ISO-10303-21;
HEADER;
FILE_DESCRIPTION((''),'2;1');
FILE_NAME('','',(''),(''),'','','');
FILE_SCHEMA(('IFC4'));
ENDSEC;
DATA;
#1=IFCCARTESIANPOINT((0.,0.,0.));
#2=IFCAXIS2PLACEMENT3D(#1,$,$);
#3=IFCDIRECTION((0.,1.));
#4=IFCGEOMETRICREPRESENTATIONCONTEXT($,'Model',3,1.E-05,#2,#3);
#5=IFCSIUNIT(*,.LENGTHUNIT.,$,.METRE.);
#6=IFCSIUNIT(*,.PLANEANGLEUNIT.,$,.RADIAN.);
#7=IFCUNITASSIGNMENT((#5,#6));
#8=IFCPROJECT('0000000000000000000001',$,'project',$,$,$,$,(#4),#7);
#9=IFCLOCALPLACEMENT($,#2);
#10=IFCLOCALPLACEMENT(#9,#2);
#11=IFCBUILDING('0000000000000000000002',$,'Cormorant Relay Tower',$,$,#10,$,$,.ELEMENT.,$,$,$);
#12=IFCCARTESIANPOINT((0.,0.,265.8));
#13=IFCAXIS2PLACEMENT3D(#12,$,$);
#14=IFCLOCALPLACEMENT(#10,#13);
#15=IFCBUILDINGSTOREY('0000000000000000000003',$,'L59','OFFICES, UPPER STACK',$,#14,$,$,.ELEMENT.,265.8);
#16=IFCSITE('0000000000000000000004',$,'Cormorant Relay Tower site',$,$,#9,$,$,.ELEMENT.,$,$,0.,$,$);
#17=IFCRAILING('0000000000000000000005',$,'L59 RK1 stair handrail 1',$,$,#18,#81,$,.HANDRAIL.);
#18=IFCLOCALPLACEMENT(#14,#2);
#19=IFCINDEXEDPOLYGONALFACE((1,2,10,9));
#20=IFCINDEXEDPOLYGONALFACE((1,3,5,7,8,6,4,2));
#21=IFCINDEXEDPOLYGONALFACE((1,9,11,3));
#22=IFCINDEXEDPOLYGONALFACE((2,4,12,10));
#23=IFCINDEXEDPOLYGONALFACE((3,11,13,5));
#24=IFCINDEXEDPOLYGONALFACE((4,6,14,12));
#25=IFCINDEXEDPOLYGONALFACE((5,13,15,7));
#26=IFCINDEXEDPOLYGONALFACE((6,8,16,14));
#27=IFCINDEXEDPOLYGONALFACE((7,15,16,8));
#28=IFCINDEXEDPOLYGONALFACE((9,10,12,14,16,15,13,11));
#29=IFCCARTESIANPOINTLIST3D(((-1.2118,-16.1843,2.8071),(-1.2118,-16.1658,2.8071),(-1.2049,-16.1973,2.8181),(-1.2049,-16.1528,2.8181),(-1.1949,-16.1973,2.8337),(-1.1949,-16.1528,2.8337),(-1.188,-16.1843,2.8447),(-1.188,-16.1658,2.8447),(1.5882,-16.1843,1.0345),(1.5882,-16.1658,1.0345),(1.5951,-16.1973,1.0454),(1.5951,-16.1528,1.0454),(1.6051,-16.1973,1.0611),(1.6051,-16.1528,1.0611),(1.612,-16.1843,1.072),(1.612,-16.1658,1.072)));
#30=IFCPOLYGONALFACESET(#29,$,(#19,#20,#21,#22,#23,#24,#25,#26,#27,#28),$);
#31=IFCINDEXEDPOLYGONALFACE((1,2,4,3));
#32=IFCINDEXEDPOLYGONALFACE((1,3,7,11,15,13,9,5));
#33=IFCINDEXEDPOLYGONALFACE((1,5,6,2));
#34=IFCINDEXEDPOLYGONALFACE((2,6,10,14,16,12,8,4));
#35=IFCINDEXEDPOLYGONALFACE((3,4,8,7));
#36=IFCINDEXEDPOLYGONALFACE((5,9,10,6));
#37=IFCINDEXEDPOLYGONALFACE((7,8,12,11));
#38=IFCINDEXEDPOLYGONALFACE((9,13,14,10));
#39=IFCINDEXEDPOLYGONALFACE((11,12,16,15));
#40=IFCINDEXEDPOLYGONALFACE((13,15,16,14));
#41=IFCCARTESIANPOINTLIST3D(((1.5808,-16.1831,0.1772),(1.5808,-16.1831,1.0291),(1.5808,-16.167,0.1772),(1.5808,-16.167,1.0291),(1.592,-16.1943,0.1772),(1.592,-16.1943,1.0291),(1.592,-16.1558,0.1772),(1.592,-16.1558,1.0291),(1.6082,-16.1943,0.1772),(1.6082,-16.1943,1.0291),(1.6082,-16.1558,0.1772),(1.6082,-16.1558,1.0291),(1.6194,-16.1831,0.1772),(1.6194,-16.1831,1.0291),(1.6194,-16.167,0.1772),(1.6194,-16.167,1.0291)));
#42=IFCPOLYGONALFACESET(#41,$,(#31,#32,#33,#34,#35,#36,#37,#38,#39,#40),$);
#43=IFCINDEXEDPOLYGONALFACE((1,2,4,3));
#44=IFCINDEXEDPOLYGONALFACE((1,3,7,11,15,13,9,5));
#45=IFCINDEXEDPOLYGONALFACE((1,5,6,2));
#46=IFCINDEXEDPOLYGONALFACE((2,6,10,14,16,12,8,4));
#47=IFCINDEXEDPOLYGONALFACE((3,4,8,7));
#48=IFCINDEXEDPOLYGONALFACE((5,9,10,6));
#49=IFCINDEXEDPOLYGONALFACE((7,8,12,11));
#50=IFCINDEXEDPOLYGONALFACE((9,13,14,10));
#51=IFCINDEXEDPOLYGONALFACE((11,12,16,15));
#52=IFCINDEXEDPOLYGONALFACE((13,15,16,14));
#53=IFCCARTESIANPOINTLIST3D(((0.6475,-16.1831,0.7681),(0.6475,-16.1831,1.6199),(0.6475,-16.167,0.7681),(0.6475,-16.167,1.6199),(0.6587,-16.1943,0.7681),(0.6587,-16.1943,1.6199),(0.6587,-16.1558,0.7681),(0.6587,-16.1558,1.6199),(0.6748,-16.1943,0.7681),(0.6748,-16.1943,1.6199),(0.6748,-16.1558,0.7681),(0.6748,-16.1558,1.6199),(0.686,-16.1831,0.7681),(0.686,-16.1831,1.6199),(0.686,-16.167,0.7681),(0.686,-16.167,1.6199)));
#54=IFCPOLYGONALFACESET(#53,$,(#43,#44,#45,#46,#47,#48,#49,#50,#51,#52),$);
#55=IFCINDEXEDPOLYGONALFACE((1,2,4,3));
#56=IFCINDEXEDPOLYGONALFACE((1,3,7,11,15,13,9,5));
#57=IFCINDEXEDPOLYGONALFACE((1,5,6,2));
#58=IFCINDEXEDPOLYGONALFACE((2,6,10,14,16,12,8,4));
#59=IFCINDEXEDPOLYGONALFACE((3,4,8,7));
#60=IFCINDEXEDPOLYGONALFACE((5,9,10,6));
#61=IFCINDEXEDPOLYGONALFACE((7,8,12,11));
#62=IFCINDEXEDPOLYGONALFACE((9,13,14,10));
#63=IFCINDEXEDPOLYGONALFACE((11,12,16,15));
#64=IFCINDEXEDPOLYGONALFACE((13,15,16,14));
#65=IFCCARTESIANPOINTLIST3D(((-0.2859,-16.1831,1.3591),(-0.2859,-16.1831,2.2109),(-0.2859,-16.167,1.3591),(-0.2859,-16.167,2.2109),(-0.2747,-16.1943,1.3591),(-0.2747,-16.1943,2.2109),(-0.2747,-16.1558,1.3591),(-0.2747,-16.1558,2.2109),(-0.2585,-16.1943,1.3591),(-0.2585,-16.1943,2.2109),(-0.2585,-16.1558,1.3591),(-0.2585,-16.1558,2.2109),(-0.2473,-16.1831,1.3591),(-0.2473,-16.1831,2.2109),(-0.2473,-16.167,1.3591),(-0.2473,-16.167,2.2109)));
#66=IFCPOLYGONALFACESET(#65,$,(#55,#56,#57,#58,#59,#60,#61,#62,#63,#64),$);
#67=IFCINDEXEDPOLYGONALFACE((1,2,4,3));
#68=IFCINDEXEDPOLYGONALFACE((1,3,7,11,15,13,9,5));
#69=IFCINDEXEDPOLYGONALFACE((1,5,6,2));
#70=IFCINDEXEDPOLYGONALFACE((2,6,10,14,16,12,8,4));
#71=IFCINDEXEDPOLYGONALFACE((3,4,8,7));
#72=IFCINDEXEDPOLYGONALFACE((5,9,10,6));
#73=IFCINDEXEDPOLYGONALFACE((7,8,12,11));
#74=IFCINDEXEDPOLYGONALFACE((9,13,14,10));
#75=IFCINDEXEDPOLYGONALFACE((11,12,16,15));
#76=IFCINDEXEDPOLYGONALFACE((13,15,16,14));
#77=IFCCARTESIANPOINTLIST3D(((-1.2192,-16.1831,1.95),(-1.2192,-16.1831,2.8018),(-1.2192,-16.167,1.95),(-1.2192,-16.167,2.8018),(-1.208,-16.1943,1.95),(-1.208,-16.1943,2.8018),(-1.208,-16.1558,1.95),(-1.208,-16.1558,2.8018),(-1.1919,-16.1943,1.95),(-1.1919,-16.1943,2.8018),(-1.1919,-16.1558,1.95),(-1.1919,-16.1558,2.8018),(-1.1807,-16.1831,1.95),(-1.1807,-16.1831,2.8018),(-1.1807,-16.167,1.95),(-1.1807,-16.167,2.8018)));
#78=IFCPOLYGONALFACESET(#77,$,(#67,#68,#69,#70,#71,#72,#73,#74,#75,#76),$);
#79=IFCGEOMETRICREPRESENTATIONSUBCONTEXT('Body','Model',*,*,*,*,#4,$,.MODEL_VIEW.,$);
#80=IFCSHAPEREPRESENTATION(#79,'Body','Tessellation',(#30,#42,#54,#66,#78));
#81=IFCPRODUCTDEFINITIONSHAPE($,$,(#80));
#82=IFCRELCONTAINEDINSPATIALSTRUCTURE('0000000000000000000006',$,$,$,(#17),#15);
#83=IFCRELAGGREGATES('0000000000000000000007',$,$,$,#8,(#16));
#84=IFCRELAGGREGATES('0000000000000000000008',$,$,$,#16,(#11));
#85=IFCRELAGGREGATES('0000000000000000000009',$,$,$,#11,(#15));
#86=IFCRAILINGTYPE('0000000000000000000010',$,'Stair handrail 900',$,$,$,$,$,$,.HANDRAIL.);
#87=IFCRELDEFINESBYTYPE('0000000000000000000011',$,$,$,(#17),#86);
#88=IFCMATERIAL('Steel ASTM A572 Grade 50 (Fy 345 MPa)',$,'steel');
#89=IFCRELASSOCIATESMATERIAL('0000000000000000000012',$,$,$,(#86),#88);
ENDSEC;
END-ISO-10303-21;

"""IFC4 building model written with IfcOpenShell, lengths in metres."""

from ifc_helpers import new_model, si_unit, direction, frame, origin, place, context, subcontext, project, spatial, polyline, outline, extrude, material, type_object, element, save


model = new_model("IFC4")

# Units and contexts
model_context = context("Model", 3, precision=1e-05, world=origin(), true_north=direction((0.0, 1.0)))
body_context = subcontext(model_context, "Body", "Model", "MODEL_VIEW")
ifc_project = project(units=[si_unit("LENGTHUNIT", "METRE"), si_unit("PLANEANGLEUNIT", "RADIAN")], contexts=[model_context])

# Site, building, storey
site_placement = place(None, origin())
site = spatial("IfcSite", under=ifc_project, at=site_placement, Name="Cormorant Relay Tower site", CompositionType="ELEMENT", RefElevation=0.0)
building_placement = place(site_placement, origin())
building = spatial("IfcBuilding", under=site, at=building_placement, Name="Cormorant Relay Tower", CompositionType="ELEMENT")
storey_placement = place(building_placement, frame((0.0, 0.0, 265.8)))
storey = spatial("IfcBuildingStorey", under=building, at=storey_placement, Name="L59", Description="OFFICES, UPPER STACK", CompositionType="ELEMENT", Elevation=265.8)

# Railing
ifc_material_1 = material(Name="Steel ASTM A572 Grade 50 (Fy 345 MPa)", Category="steel")
railing_type_1 = type_object("IfcRailingType", Name="Stair handrail 900", PredefinedType="HANDRAIL", material=ifc_material_1)
railing_1_placement = place(storey_placement, frame((1.6001, -16.175, 0.1772)))
element("IfcRailing", 1, at=railing_1_placement, inside=storey, type_object=railing_type_1, Name="L59 RK1 stair handrail 1", PredefinedType="HANDRAIL", context=body_context, shape_type="SweptSolid", body=[
    extrude(outline(polyline([(0.0222, 0.0093), (0.0093, 0.0222), (-0.0093, 0.0222), (-0.0222, 0.0093), (-0.0222, -0.0093), (-0.0093, -0.0222), (0.0093, -0.0222), (0.0222, -0.0093), (0.0222, 0.0093)])), frame((0.0, 0.0, 0.876), z_axis=(-0.844909, 0.0, 0.53491), x_axis=(0.0, -1.0, 0.0)), (0.0, 0.0, 1.0), 3.314),
    extrude(outline(polyline([(0.0193, 0.0081), (0.0081, 0.0193), (-0.0081, 0.0193), (-0.0193, 0.0081), (-0.0193, -0.0081), (-0.0081, -0.0193), (0.0081, -0.0193), (0.0193, -0.0081), (0.0193, 0.0081)])), origin(), (0.0, 0.0, 1.0), 0.8518),
    extrude(outline(polyline([(0.0193, 0.0081), (0.0081, 0.0193), (-0.0081, 0.0193), (-0.0193, 0.0081), (-0.0193, -0.0081), (-0.0081, -0.0193), (0.0081, -0.0193), (0.0193, -0.0081), (0.0193, 0.0081)])), frame((-0.9333, 0.0, 0.5908)), (0.0, 0.0, 1.0), 0.8518),
    extrude(outline(polyline([(0.0193, 0.0081), (0.0081, 0.0193), (-0.0081, 0.0193), (-0.0193, 0.0081), (-0.0193, -0.0081), (-0.0081, -0.0193), (0.0081, -0.0193), (0.0193, -0.0081), (0.0193, 0.0081)])), frame((-1.8667, 0.0, 1.1819)), (0.0, 0.0, 1.0), 0.8518),
    extrude(outline(polyline([(0.0193, 0.0081), (0.0081, 0.0193), (-0.0081, 0.0193), (-0.0193, 0.0081), (-0.0193, -0.0081), (-0.0081, -0.0193), (0.0081, -0.0193), (0.0193, -0.0081), (0.0193, 0.0081)])), frame((-2.8, 0.0, 1.7727)), (0.0, 0.0, 1.0), 0.8518),
])

save(model, "model.ifc")
